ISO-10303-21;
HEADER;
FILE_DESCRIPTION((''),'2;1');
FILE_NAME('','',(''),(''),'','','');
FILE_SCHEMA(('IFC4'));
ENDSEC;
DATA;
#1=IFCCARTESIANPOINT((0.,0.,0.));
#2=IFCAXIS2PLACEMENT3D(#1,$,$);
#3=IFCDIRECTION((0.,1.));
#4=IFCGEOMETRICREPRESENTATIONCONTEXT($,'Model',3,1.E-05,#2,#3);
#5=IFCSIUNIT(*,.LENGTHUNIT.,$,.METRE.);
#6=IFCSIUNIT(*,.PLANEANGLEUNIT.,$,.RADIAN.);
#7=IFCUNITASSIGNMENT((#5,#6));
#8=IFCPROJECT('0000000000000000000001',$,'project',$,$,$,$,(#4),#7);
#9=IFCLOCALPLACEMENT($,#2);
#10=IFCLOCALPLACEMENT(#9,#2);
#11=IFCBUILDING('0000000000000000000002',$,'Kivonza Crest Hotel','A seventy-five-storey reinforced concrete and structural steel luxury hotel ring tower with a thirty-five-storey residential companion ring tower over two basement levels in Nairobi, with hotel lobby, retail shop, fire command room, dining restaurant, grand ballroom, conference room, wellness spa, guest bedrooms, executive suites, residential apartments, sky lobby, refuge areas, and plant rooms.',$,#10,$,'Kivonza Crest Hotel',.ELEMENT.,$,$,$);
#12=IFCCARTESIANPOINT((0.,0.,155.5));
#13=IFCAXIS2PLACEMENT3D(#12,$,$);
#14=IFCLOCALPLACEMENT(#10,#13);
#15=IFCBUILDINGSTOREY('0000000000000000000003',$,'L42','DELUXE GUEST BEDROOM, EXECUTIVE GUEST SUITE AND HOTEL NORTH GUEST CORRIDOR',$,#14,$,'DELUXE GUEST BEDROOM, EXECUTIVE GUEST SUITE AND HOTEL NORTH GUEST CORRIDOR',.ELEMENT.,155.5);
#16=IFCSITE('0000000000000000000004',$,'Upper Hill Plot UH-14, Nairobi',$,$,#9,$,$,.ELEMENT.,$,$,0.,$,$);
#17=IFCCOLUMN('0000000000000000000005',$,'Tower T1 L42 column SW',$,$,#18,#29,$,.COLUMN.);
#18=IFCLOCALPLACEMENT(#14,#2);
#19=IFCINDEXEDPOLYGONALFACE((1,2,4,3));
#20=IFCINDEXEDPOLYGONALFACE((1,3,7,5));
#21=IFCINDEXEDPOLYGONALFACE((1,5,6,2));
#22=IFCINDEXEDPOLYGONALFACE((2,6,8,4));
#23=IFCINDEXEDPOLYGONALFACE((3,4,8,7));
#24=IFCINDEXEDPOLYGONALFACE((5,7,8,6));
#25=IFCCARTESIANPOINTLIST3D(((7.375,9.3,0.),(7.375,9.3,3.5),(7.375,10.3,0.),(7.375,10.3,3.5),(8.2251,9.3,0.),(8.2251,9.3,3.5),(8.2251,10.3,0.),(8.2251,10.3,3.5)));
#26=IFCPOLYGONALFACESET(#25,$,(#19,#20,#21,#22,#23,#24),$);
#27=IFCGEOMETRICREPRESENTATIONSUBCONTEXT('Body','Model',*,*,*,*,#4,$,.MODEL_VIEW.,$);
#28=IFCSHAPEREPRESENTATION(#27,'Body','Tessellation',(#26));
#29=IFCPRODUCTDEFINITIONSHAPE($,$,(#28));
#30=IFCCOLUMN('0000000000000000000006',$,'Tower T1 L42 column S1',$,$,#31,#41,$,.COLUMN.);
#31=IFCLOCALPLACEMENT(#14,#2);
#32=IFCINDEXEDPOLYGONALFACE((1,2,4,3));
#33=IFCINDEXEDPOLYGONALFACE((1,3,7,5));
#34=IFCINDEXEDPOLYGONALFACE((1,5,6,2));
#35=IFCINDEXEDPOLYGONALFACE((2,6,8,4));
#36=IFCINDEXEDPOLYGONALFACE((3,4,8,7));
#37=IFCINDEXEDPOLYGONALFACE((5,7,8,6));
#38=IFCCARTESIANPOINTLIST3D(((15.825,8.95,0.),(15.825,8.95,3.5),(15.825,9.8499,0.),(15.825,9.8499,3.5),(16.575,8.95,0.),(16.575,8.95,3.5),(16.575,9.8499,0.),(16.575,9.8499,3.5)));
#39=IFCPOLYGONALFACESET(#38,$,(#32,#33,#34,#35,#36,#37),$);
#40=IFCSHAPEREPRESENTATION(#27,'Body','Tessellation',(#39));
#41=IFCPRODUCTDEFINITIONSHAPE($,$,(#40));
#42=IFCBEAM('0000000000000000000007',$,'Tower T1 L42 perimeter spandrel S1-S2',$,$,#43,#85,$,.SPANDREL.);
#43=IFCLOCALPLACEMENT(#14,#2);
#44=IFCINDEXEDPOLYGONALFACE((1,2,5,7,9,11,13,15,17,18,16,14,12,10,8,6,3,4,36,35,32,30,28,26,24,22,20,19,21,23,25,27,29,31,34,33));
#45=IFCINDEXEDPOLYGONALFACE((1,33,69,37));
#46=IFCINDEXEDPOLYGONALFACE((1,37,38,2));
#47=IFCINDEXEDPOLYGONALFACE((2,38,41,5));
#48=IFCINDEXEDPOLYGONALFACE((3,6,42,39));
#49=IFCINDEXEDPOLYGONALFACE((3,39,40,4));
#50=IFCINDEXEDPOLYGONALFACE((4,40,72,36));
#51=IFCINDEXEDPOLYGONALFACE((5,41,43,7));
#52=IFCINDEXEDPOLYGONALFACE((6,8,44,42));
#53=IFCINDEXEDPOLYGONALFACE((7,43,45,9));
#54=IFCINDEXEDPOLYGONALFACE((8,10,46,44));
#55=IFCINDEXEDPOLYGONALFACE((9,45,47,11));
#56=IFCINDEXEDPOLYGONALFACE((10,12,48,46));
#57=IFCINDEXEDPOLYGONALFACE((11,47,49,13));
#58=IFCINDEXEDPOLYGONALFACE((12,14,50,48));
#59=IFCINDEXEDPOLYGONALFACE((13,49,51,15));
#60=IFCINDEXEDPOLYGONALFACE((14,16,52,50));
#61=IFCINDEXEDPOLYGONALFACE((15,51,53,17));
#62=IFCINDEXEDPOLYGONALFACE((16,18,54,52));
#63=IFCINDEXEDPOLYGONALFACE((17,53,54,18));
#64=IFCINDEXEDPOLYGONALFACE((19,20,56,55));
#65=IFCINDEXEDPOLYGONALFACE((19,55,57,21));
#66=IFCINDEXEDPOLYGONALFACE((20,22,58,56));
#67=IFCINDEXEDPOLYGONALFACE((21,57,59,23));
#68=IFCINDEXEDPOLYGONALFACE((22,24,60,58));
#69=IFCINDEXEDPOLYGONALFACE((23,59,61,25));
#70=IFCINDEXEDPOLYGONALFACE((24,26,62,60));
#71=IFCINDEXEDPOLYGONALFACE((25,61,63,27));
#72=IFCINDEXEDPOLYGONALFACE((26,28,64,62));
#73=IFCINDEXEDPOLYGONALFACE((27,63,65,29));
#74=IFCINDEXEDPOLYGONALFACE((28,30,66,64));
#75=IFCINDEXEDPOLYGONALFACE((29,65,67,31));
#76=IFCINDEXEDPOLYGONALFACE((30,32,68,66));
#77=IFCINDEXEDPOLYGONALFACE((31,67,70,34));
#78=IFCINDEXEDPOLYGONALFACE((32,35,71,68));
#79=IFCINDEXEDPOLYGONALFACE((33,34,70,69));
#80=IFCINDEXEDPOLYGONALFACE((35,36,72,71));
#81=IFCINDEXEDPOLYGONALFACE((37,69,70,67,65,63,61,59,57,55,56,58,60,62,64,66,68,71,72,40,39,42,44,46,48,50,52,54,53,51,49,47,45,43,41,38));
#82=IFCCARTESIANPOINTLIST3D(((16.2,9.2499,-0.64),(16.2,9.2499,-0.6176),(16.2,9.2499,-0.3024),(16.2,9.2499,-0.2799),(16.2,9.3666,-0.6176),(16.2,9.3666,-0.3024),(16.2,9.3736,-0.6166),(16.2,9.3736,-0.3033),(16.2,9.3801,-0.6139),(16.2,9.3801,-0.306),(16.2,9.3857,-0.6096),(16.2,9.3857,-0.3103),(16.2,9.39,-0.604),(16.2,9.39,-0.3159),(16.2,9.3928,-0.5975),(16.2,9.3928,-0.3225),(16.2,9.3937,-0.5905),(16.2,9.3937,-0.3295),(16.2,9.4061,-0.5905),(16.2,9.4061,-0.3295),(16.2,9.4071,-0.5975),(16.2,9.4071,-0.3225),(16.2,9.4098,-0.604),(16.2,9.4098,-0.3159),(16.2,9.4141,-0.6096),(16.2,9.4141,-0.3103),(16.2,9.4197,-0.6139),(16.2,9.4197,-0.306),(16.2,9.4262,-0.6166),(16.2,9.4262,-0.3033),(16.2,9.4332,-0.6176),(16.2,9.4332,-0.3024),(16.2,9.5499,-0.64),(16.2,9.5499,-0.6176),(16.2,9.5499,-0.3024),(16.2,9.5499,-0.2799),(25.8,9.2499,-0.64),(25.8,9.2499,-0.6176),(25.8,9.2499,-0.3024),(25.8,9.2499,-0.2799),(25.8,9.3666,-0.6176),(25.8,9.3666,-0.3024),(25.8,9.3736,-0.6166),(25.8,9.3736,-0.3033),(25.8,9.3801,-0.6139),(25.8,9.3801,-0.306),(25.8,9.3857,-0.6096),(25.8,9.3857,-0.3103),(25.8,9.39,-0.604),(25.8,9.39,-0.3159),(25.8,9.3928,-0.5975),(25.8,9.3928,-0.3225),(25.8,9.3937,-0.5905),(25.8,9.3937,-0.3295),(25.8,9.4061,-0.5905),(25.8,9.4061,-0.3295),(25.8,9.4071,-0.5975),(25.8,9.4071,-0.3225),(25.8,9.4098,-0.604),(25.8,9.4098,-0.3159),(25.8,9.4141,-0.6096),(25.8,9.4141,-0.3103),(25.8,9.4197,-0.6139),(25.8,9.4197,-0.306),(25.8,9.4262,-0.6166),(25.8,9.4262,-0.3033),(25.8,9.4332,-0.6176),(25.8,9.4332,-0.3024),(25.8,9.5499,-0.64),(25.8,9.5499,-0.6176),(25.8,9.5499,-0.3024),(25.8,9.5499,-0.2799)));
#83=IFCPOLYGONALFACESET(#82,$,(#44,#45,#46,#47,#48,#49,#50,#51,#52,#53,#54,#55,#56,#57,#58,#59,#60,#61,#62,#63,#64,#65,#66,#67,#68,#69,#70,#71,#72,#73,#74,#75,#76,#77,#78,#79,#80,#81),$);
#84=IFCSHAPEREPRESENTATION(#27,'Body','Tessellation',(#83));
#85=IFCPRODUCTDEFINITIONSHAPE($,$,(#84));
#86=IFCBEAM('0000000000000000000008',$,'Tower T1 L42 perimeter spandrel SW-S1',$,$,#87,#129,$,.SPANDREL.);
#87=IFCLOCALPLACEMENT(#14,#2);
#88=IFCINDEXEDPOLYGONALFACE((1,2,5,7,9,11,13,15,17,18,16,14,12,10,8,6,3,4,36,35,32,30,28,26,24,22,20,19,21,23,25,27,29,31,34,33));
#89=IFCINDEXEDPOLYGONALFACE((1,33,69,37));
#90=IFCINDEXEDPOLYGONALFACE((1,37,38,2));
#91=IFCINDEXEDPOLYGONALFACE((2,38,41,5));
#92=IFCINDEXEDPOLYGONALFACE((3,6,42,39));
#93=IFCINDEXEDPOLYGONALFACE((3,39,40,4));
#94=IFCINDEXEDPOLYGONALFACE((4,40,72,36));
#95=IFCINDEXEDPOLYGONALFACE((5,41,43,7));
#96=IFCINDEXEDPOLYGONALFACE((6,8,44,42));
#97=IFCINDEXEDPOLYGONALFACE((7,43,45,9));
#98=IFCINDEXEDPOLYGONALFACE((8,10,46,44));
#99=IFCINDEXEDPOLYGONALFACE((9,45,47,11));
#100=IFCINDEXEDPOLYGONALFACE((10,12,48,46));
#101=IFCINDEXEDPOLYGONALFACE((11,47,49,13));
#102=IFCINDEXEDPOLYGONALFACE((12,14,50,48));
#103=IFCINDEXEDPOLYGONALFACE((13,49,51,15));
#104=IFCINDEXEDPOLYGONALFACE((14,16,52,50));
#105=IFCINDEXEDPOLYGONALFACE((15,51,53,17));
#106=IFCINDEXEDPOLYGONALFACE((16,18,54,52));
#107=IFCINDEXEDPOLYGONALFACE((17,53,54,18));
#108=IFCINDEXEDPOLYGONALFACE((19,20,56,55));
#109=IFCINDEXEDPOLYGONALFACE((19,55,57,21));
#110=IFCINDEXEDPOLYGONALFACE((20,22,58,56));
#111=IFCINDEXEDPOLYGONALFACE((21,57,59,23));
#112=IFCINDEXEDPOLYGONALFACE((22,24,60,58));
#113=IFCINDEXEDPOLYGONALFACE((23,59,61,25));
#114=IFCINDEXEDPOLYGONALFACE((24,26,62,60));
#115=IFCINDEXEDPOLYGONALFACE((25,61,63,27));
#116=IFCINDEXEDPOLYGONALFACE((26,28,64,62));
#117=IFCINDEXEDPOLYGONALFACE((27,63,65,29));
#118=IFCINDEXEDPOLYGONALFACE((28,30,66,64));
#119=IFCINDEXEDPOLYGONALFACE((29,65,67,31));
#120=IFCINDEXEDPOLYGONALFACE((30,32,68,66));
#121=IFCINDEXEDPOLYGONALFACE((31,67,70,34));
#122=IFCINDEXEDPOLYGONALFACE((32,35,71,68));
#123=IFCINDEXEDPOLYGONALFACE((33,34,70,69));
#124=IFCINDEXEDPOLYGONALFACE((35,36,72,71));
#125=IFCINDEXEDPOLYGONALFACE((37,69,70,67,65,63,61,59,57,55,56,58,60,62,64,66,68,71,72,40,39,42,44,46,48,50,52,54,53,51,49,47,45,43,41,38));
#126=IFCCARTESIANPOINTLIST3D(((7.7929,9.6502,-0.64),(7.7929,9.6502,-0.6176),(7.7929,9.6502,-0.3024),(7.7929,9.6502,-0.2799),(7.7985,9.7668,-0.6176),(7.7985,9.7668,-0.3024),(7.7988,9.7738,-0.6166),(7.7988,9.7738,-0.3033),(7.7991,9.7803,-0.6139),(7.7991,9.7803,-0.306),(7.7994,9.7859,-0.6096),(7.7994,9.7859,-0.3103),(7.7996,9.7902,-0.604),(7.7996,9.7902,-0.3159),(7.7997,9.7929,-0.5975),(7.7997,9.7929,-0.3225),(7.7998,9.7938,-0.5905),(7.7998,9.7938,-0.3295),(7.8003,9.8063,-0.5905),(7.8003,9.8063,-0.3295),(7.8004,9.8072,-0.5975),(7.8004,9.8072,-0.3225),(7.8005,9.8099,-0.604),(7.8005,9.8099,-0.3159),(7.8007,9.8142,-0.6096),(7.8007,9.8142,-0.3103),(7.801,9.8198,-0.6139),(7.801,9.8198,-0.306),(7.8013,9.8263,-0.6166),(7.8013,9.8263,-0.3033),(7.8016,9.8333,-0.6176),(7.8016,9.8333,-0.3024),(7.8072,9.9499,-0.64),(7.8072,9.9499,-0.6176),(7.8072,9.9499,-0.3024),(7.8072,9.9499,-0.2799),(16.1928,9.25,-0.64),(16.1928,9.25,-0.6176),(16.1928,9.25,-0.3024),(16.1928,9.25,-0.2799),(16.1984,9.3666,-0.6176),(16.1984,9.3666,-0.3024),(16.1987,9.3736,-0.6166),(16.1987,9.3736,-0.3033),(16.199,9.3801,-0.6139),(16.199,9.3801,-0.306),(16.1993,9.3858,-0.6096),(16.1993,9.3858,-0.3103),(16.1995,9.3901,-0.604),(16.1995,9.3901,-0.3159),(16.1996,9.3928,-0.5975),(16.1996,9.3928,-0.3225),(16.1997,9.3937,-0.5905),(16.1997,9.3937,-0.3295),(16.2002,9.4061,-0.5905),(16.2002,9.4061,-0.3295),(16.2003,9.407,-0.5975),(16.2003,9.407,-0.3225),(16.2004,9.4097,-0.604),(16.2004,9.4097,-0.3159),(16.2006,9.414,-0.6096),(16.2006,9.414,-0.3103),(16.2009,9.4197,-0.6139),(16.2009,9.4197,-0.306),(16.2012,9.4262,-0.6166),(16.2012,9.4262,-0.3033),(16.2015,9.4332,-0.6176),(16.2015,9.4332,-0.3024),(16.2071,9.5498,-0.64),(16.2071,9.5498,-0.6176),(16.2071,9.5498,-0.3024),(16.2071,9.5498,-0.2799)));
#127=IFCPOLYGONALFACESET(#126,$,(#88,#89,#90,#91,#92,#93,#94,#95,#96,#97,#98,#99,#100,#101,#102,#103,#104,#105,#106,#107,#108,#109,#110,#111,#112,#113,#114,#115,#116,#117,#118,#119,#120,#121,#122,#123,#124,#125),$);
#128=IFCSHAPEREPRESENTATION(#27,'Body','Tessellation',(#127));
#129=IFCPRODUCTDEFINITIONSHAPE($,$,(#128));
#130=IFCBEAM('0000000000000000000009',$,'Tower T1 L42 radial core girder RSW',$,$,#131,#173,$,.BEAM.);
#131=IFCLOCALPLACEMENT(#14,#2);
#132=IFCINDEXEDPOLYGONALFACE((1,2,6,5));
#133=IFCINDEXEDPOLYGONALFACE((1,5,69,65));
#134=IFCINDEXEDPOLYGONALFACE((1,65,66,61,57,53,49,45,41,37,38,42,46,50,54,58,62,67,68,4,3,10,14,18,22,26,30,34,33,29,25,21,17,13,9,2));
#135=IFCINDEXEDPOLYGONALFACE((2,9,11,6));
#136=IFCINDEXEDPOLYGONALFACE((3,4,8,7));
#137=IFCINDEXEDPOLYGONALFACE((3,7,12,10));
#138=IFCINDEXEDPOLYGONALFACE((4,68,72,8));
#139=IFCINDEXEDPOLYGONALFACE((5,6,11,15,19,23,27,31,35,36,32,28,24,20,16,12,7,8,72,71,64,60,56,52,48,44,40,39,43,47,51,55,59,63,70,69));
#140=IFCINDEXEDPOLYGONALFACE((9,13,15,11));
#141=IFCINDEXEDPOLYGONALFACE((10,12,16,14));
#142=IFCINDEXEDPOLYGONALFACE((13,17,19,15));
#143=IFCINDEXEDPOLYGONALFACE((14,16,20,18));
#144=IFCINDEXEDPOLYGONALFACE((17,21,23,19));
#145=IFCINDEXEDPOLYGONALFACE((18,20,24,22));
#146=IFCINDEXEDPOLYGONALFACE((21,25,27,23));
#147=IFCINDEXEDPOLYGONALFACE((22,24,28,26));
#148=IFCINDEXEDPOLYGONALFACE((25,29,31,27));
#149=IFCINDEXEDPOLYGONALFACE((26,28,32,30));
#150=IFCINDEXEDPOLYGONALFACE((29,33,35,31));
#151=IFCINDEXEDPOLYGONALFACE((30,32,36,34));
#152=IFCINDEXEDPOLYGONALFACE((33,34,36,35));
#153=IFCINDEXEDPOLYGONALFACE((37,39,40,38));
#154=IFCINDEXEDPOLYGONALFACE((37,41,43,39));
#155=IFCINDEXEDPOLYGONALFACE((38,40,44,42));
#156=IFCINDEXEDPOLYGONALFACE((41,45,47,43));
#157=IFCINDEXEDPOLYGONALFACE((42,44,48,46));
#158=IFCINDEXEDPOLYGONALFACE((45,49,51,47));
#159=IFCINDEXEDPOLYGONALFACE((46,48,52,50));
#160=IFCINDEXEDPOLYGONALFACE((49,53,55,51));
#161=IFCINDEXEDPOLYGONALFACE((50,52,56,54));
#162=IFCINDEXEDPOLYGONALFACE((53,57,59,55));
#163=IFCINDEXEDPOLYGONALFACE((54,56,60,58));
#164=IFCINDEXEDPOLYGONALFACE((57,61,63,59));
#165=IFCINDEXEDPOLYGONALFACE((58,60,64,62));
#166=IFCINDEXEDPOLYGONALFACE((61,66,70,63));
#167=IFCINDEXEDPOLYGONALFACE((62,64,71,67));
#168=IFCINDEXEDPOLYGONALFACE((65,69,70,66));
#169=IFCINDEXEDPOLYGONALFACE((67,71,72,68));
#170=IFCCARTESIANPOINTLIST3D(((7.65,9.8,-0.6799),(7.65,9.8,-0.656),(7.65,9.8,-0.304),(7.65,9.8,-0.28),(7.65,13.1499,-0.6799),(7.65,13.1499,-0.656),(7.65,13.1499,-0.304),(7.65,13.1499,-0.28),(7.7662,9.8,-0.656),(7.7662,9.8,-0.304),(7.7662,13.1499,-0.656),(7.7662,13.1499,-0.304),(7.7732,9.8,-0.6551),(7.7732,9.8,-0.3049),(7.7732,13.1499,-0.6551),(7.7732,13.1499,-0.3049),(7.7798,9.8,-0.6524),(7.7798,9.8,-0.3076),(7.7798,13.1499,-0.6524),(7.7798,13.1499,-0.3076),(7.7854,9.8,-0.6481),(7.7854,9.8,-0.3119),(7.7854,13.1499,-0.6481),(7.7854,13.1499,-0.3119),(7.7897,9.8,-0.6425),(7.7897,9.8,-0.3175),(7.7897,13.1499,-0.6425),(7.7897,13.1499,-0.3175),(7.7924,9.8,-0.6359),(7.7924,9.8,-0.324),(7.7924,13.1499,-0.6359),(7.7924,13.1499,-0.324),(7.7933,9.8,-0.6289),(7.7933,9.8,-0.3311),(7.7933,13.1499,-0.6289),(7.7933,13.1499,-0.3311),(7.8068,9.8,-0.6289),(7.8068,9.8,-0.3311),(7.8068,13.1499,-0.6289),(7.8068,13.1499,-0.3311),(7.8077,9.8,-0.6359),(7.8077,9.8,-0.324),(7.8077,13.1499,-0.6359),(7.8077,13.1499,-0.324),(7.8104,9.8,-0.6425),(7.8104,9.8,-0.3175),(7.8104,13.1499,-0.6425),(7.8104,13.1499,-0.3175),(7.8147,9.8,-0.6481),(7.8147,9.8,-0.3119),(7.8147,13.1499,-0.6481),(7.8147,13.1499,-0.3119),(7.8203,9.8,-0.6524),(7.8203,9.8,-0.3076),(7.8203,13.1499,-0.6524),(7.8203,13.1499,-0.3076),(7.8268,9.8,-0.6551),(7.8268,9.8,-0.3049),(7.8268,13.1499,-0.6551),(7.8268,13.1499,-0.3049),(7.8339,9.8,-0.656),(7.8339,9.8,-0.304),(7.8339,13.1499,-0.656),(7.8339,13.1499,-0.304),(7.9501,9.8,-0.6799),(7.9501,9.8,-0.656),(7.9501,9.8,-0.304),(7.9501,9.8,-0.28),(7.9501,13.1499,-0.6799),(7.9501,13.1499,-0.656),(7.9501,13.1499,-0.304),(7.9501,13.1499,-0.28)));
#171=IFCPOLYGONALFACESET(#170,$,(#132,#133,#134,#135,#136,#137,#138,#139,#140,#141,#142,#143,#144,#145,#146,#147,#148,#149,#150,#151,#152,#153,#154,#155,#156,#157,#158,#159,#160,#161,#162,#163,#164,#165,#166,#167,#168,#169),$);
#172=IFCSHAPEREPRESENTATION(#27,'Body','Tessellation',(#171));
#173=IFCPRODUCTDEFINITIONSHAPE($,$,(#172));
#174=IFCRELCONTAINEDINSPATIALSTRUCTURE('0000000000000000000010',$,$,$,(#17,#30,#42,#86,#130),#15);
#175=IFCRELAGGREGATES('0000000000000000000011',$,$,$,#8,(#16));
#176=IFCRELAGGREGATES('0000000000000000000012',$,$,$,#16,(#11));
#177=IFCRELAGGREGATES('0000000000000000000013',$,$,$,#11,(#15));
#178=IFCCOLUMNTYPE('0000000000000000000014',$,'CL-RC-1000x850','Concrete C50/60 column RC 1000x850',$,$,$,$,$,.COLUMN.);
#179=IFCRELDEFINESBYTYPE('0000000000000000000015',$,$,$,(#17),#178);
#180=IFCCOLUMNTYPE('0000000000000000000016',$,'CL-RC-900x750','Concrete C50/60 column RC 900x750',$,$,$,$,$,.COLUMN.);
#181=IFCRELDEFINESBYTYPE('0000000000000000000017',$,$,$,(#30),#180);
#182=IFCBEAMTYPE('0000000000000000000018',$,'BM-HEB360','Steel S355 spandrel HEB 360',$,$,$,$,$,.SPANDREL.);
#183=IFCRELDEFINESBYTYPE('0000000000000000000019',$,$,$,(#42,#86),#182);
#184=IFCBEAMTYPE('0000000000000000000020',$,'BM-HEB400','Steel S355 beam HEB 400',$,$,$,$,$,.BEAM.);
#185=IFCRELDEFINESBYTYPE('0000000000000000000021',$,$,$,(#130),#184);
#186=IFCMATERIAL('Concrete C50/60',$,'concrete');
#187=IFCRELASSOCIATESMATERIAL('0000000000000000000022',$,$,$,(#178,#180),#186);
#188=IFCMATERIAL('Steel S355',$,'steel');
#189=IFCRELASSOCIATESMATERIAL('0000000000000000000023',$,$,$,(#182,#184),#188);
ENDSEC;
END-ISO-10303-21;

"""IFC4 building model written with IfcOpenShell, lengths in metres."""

from ifc_helpers import new_model, si_unit, direction, frame, origin, origin_2d, place, context, subcontext, project, spatial, rectangle, i_section, extrude, material, material_profile, profile_set, type_object, element, save


model = new_model("IFC4")

# Units and contexts
model_context = context("Model", 3, precision=1e-05, world=origin(), true_north=direction((0.0, 1.0)))
body_context = subcontext(model_context, "Body", "Model", "MODEL_VIEW")
ifc_project = project(units=[si_unit("LENGTHUNIT", "METRE"), si_unit("PLANEANGLEUNIT", "RADIAN")], contexts=[model_context])

# Site, building, storey
site_placement = place(None, origin())
site = spatial("IfcSite", under=ifc_project, at=site_placement, Name="Upper Hill Plot UH-14, Nairobi", CompositionType="ELEMENT", RefElevation=0.0)
building_placement = place(site_placement, origin())
building = spatial("IfcBuilding", under=site, at=building_placement, Name="Kivonza Crest Hotel", Description="A seventy-five-storey reinforced concrete and structural steel luxury hotel ring tower with a thirty-five-storey residential companion ring tower over two basement levels in Nairobi, with hotel lobby, retail shop, fire command room, dining restaurant, grand ballroom, conference room, wellness spa, guest bedrooms, executive suites, residential apartments, sky lobby, refuge areas, and plant rooms.", LongName="Kivonza Crest Hotel", CompositionType="ELEMENT")
storey_placement = place(building_placement, frame((0.0, 0.0, 155.5)))
storey = spatial("IfcBuildingStorey", under=building, at=storey_placement, Name="L42", Description="DELUXE GUEST BEDROOM, EXECUTIVE GUEST SUITE AND HOTEL NORTH GUEST CORRIDOR", LongName="DELUXE GUEST BEDROOM, EXECUTIVE GUEST SUITE AND HOTEL NORTH GUEST CORRIDOR", CompositionType="ELEMENT", Elevation=155.5)

# Columns
ifc_material_1 = material(Name="Concrete C50/60", Category="concrete")
ifc_material_profile_1 = material_profile(ifc_material_1, rectangle(XDim=0.8501, YDim=1.0, at=origin_2d()), Name="RC 1000x850")
ifc_profile_set_1 = profile_set([ifc_material_profile_1], Name="Concrete C50/60")
column_type_1 = type_object("IfcColumnType", Name="CL-RC-1000x850", Description="Concrete C50/60 column RC 1000x850", PredefinedType="COLUMN", material=ifc_profile_set_1)
column_1_placement = place(storey_placement, frame((7.8, 9.8, 0.0), z_axis=(0.0, 0.0, 1.0), x_axis=(1.0, 0.0, 0.0)))
element("IfcColumn", 1, at=column_1_placement, inside=storey, type_object=column_type_1, Name="Tower T1 L42 column SW", PredefinedType="COLUMN", context=body_context, shape_type="SweptSolid", body=[
    extrude(rectangle(XDim=0.8501, YDim=1.0, at=origin_2d()), origin(), (0.0, 0.0, 1.0), 3.5),
])
ifc_material_profile_2 = material_profile(ifc_material_1, rectangle(XDim=0.75, YDim=0.8999, at=origin_2d()), Name="RC 900x750")
ifc_profile_set_2 = profile_set([ifc_material_profile_2], Name="Concrete C50/60")
column_type_2 = type_object("IfcColumnType", Name="CL-RC-900x750", Description="Concrete C50/60 column RC 900x750", PredefinedType="COLUMN", material=ifc_profile_set_2)
column_2_placement = place(storey_placement, frame((16.2, 9.3999, 0.0), z_axis=(0.0, 0.0, 1.0), x_axis=(1.0, 0.0, 0.0)))
element("IfcColumn", 2, at=column_2_placement, inside=storey, type_object=column_type_2, Name="Tower T1 L42 column S1", PredefinedType="COLUMN", context=body_context, shape_type="SweptSolid", body=[
    extrude(rectangle(XDim=0.75, YDim=0.8999, at=origin_2d()), origin(), (0.0, 0.0, 1.0), 3.5),
])

# Beams
ifc_material_2 = material(Name="Steel S355", Category="steel")
ifc_material_profile_3 = material_profile(ifc_material_2, i_section(OverallWidth=0.3, OverallDepth=0.3601, WebThickness=0.0125, FlangeThickness=0.0225, FilletRadius=0.0271, at=origin_2d()), Name="HEB 360")
ifc_profile_set_3 = profile_set([ifc_material_profile_3], Name="Steel S355")
beam_type_1 = type_object("IfcBeamType", Name="BM-HEB360", Description="Steel S355 spandrel HEB 360", PredefinedType="SPANDREL", material=ifc_profile_set_3)
beam_1_placement = place(storey_placement, frame((16.2, 9.3999, -0.46), z_axis=(1.0, 0.0, 0.0), x_axis=(0.0, 1.0, 0.0)))
element("IfcBeam", 3, at=beam_1_placement, inside=storey, type_object=beam_type_1, Name="Tower T1 L42 perimeter spandrel S1-S2", PredefinedType="SPANDREL", context=body_context, shape_type="SweptSolid", body=[
    extrude(i_section(OverallWidth=0.3, OverallDepth=0.3601, WebThickness=0.0125, FlangeThickness=0.0225, FilletRadius=0.0271, at=origin_2d()), origin(), (0.0, 0.0, 1.0), 9.6001),
])
beam_2_placement = place(storey_placement, frame((7.8, 9.8, -0.46), z_axis=(0.998867, -0.047583, 0.0), x_axis=(0.047583, 0.998867, 0.0)))
element("IfcBeam", 4, at=beam_2_placement, inside=storey, type_object=beam_type_1, Name="Tower T1 L42 perimeter spandrel SW-S1", PredefinedType="SPANDREL", context=body_context, shape_type="SweptSolid", body=[
    extrude(i_section(OverallWidth=0.3, OverallDepth=0.3601, WebThickness=0.0125, FlangeThickness=0.0225, FilletRadius=0.0271, at=origin_2d()), origin(), (0.0, 0.0, 1.0), 8.4094),
])
ifc_material_profile_4 = material_profile(ifc_material_2, i_section(OverallWidth=0.3, OverallDepth=0.3999, WebThickness=0.0134, FlangeThickness=0.0239, FilletRadius=0.0271, at=origin_2d()), Name="HEB 400")
ifc_profile_set_4 = profile_set([ifc_material_profile_4], Name="Steel S355")
beam_type_2 = type_object("IfcBeamType", Name="BM-HEB400", Description="Steel S355 beam HEB 400", PredefinedType="BEAM", material=ifc_profile_set_4)
beam_3_placement = place(storey_placement, frame((7.8, 9.8, -0.48), z_axis=(0.0, 1.0, 0.0), x_axis=(-1.0, 0.0, 0.0)))
element("IfcBeam", 5, at=beam_3_placement, inside=storey, type_object=beam_type_2, Name="Tower T1 L42 radial core girder RSW", PredefinedType="BEAM", context=body_context, shape_type="SweptSolid", body=[
    extrude(i_section(OverallWidth=0.3, OverallDepth=0.3999, WebThickness=0.0134, FlangeThickness=0.0239, FilletRadius=0.0271, at=origin_2d()), origin(), (0.0, 0.0, 1.0), 3.3499),
])

save(model, "model.ifc")
